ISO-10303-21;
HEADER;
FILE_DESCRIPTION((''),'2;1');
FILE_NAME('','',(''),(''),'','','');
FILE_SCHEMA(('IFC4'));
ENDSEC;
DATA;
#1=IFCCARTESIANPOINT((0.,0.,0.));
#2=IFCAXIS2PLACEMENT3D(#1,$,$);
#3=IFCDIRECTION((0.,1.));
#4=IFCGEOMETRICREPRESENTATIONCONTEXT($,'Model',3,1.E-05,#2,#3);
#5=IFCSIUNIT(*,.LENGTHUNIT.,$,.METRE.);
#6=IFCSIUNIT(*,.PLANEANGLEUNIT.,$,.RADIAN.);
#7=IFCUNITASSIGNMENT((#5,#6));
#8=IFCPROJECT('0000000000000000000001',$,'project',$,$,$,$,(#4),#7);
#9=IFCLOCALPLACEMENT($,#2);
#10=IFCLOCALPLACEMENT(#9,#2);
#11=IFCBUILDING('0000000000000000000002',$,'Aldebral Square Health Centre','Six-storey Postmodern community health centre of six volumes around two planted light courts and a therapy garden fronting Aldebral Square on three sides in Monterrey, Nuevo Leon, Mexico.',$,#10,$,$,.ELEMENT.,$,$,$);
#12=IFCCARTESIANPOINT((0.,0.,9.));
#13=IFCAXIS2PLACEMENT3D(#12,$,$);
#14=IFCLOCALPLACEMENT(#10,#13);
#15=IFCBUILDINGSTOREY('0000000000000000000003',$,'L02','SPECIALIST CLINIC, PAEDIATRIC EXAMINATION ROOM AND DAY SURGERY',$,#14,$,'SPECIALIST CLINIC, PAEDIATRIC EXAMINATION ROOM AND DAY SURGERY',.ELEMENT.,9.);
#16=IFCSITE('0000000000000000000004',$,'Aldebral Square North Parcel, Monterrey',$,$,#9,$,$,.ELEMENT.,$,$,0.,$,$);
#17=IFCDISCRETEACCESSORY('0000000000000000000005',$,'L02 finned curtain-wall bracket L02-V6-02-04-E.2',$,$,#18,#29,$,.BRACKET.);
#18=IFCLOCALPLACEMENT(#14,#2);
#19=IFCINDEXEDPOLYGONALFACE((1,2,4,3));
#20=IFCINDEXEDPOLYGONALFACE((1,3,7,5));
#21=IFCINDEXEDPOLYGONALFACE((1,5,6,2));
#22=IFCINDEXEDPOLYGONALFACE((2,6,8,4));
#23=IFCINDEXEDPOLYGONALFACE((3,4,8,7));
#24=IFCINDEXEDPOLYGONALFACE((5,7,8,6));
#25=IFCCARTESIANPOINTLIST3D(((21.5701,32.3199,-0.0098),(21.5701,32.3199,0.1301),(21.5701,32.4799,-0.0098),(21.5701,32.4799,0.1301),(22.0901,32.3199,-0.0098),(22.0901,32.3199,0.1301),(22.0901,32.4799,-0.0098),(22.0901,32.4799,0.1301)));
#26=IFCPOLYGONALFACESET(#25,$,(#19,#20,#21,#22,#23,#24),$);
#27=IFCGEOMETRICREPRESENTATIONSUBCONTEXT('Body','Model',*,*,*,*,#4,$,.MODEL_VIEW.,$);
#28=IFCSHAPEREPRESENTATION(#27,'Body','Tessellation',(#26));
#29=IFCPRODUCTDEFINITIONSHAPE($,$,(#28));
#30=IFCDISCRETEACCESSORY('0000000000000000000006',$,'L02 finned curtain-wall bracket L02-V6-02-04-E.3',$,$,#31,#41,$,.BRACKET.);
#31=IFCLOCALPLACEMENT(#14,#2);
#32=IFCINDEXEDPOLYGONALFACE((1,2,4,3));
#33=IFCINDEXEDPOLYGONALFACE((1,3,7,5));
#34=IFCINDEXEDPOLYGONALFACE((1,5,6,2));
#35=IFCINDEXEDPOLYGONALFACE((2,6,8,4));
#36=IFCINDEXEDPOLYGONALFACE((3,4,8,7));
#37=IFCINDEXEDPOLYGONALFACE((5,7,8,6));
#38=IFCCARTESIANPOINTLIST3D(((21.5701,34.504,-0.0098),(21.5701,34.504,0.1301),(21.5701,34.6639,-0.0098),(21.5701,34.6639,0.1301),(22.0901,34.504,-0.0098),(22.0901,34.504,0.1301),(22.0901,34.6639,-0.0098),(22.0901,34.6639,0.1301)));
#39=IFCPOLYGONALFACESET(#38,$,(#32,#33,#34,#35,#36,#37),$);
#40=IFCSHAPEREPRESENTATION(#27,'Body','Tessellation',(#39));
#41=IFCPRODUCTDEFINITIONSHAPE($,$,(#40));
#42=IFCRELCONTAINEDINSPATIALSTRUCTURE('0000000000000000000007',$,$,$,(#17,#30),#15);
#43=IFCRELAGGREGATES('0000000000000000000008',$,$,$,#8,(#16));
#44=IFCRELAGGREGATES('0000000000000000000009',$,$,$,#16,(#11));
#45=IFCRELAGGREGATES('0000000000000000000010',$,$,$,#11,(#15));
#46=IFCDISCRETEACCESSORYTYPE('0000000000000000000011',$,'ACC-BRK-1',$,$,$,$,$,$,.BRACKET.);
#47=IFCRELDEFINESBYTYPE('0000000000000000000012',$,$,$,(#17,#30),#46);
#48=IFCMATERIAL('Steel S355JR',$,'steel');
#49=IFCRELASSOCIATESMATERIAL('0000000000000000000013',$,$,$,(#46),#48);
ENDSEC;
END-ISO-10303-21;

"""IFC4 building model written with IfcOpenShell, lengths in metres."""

from ifc_helpers import new_model, si_unit, direction, frame, origin, origin_2d, place, context, subcontext, project, spatial, rectangle, extrude, material, type_object, element, save


model = new_model("IFC4")

# Units and contexts
model_context = context("Model", 3, precision=1e-05, world=origin(), true_north=direction((0.0, 1.0)))
body_context = subcontext(model_context, "Body", "Model", "MODEL_VIEW")
ifc_project = project(units=[si_unit("LENGTHUNIT", "METRE"), si_unit("PLANEANGLEUNIT", "RADIAN")], contexts=[model_context])

# Site, building, storey
site_placement = place(None, origin())
site = spatial("IfcSite", under=ifc_project, at=site_placement, Name="Aldebral Square North Parcel, Monterrey", CompositionType="ELEMENT", RefElevation=0.0)
building_placement = place(site_placement, origin())
building = spatial("IfcBuilding", under=site, at=building_placement, Name="Aldebral Square Health Centre", Description="Six-storey Postmodern community health centre of six volumes around two planted light courts and a therapy garden fronting Aldebral Square on three sides in Monterrey, Nuevo Leon, Mexico.", CompositionType="ELEMENT")
storey_placement = place(building_placement, frame((0.0, 0.0, 9.0)))
storey = spatial("IfcBuildingStorey", under=building, at=storey_placement, Name="L02", Description="SPECIALIST CLINIC, PAEDIATRIC EXAMINATION ROOM AND DAY SURGERY", LongName="SPECIALIST CLINIC, PAEDIATRIC EXAMINATION ROOM AND DAY SURGERY", CompositionType="ELEMENT", Elevation=9.0)

# Discrete accessories
ifc_material_1 = material(Name="Steel S355JR", Category="steel")
discrete_accessory_type = type_object("IfcDiscreteAccessoryType", Name="ACC-BRK-1", PredefinedType="BRACKET", material=ifc_material_1)
for number, where, z_axis, x_axis, name in (
    (1, (21.8301, 32.3999, -0.0098), (0.0, 0.0, 1.0), (0.0, 1.0, 0.0), "L02 finned curtain-wall bracket L02-V6-02-04-E.2"),
    (2, (21.8301, 34.584, -0.0098), (0.0, 0.0, 1.0), (0.0, 1.0, 0.0), "L02 finned curtain-wall bracket L02-V6-02-04-E.3"),
):
    element("IfcDiscreteAccessory", number, at=place(storey_placement, frame(where, z_axis=z_axis, x_axis=x_axis)), inside=storey, type_object=discrete_accessory_type, Name=name, PredefinedType="BRACKET", context=body_context, shape_type="SweptSolid", body=[
        extrude(rectangle(XDim=0.1599, YDim=0.52, at=origin_2d()), origin(), (0.0, 0.0, 1.0), 0.1399),
    ])

save(model, "model.ifc")
